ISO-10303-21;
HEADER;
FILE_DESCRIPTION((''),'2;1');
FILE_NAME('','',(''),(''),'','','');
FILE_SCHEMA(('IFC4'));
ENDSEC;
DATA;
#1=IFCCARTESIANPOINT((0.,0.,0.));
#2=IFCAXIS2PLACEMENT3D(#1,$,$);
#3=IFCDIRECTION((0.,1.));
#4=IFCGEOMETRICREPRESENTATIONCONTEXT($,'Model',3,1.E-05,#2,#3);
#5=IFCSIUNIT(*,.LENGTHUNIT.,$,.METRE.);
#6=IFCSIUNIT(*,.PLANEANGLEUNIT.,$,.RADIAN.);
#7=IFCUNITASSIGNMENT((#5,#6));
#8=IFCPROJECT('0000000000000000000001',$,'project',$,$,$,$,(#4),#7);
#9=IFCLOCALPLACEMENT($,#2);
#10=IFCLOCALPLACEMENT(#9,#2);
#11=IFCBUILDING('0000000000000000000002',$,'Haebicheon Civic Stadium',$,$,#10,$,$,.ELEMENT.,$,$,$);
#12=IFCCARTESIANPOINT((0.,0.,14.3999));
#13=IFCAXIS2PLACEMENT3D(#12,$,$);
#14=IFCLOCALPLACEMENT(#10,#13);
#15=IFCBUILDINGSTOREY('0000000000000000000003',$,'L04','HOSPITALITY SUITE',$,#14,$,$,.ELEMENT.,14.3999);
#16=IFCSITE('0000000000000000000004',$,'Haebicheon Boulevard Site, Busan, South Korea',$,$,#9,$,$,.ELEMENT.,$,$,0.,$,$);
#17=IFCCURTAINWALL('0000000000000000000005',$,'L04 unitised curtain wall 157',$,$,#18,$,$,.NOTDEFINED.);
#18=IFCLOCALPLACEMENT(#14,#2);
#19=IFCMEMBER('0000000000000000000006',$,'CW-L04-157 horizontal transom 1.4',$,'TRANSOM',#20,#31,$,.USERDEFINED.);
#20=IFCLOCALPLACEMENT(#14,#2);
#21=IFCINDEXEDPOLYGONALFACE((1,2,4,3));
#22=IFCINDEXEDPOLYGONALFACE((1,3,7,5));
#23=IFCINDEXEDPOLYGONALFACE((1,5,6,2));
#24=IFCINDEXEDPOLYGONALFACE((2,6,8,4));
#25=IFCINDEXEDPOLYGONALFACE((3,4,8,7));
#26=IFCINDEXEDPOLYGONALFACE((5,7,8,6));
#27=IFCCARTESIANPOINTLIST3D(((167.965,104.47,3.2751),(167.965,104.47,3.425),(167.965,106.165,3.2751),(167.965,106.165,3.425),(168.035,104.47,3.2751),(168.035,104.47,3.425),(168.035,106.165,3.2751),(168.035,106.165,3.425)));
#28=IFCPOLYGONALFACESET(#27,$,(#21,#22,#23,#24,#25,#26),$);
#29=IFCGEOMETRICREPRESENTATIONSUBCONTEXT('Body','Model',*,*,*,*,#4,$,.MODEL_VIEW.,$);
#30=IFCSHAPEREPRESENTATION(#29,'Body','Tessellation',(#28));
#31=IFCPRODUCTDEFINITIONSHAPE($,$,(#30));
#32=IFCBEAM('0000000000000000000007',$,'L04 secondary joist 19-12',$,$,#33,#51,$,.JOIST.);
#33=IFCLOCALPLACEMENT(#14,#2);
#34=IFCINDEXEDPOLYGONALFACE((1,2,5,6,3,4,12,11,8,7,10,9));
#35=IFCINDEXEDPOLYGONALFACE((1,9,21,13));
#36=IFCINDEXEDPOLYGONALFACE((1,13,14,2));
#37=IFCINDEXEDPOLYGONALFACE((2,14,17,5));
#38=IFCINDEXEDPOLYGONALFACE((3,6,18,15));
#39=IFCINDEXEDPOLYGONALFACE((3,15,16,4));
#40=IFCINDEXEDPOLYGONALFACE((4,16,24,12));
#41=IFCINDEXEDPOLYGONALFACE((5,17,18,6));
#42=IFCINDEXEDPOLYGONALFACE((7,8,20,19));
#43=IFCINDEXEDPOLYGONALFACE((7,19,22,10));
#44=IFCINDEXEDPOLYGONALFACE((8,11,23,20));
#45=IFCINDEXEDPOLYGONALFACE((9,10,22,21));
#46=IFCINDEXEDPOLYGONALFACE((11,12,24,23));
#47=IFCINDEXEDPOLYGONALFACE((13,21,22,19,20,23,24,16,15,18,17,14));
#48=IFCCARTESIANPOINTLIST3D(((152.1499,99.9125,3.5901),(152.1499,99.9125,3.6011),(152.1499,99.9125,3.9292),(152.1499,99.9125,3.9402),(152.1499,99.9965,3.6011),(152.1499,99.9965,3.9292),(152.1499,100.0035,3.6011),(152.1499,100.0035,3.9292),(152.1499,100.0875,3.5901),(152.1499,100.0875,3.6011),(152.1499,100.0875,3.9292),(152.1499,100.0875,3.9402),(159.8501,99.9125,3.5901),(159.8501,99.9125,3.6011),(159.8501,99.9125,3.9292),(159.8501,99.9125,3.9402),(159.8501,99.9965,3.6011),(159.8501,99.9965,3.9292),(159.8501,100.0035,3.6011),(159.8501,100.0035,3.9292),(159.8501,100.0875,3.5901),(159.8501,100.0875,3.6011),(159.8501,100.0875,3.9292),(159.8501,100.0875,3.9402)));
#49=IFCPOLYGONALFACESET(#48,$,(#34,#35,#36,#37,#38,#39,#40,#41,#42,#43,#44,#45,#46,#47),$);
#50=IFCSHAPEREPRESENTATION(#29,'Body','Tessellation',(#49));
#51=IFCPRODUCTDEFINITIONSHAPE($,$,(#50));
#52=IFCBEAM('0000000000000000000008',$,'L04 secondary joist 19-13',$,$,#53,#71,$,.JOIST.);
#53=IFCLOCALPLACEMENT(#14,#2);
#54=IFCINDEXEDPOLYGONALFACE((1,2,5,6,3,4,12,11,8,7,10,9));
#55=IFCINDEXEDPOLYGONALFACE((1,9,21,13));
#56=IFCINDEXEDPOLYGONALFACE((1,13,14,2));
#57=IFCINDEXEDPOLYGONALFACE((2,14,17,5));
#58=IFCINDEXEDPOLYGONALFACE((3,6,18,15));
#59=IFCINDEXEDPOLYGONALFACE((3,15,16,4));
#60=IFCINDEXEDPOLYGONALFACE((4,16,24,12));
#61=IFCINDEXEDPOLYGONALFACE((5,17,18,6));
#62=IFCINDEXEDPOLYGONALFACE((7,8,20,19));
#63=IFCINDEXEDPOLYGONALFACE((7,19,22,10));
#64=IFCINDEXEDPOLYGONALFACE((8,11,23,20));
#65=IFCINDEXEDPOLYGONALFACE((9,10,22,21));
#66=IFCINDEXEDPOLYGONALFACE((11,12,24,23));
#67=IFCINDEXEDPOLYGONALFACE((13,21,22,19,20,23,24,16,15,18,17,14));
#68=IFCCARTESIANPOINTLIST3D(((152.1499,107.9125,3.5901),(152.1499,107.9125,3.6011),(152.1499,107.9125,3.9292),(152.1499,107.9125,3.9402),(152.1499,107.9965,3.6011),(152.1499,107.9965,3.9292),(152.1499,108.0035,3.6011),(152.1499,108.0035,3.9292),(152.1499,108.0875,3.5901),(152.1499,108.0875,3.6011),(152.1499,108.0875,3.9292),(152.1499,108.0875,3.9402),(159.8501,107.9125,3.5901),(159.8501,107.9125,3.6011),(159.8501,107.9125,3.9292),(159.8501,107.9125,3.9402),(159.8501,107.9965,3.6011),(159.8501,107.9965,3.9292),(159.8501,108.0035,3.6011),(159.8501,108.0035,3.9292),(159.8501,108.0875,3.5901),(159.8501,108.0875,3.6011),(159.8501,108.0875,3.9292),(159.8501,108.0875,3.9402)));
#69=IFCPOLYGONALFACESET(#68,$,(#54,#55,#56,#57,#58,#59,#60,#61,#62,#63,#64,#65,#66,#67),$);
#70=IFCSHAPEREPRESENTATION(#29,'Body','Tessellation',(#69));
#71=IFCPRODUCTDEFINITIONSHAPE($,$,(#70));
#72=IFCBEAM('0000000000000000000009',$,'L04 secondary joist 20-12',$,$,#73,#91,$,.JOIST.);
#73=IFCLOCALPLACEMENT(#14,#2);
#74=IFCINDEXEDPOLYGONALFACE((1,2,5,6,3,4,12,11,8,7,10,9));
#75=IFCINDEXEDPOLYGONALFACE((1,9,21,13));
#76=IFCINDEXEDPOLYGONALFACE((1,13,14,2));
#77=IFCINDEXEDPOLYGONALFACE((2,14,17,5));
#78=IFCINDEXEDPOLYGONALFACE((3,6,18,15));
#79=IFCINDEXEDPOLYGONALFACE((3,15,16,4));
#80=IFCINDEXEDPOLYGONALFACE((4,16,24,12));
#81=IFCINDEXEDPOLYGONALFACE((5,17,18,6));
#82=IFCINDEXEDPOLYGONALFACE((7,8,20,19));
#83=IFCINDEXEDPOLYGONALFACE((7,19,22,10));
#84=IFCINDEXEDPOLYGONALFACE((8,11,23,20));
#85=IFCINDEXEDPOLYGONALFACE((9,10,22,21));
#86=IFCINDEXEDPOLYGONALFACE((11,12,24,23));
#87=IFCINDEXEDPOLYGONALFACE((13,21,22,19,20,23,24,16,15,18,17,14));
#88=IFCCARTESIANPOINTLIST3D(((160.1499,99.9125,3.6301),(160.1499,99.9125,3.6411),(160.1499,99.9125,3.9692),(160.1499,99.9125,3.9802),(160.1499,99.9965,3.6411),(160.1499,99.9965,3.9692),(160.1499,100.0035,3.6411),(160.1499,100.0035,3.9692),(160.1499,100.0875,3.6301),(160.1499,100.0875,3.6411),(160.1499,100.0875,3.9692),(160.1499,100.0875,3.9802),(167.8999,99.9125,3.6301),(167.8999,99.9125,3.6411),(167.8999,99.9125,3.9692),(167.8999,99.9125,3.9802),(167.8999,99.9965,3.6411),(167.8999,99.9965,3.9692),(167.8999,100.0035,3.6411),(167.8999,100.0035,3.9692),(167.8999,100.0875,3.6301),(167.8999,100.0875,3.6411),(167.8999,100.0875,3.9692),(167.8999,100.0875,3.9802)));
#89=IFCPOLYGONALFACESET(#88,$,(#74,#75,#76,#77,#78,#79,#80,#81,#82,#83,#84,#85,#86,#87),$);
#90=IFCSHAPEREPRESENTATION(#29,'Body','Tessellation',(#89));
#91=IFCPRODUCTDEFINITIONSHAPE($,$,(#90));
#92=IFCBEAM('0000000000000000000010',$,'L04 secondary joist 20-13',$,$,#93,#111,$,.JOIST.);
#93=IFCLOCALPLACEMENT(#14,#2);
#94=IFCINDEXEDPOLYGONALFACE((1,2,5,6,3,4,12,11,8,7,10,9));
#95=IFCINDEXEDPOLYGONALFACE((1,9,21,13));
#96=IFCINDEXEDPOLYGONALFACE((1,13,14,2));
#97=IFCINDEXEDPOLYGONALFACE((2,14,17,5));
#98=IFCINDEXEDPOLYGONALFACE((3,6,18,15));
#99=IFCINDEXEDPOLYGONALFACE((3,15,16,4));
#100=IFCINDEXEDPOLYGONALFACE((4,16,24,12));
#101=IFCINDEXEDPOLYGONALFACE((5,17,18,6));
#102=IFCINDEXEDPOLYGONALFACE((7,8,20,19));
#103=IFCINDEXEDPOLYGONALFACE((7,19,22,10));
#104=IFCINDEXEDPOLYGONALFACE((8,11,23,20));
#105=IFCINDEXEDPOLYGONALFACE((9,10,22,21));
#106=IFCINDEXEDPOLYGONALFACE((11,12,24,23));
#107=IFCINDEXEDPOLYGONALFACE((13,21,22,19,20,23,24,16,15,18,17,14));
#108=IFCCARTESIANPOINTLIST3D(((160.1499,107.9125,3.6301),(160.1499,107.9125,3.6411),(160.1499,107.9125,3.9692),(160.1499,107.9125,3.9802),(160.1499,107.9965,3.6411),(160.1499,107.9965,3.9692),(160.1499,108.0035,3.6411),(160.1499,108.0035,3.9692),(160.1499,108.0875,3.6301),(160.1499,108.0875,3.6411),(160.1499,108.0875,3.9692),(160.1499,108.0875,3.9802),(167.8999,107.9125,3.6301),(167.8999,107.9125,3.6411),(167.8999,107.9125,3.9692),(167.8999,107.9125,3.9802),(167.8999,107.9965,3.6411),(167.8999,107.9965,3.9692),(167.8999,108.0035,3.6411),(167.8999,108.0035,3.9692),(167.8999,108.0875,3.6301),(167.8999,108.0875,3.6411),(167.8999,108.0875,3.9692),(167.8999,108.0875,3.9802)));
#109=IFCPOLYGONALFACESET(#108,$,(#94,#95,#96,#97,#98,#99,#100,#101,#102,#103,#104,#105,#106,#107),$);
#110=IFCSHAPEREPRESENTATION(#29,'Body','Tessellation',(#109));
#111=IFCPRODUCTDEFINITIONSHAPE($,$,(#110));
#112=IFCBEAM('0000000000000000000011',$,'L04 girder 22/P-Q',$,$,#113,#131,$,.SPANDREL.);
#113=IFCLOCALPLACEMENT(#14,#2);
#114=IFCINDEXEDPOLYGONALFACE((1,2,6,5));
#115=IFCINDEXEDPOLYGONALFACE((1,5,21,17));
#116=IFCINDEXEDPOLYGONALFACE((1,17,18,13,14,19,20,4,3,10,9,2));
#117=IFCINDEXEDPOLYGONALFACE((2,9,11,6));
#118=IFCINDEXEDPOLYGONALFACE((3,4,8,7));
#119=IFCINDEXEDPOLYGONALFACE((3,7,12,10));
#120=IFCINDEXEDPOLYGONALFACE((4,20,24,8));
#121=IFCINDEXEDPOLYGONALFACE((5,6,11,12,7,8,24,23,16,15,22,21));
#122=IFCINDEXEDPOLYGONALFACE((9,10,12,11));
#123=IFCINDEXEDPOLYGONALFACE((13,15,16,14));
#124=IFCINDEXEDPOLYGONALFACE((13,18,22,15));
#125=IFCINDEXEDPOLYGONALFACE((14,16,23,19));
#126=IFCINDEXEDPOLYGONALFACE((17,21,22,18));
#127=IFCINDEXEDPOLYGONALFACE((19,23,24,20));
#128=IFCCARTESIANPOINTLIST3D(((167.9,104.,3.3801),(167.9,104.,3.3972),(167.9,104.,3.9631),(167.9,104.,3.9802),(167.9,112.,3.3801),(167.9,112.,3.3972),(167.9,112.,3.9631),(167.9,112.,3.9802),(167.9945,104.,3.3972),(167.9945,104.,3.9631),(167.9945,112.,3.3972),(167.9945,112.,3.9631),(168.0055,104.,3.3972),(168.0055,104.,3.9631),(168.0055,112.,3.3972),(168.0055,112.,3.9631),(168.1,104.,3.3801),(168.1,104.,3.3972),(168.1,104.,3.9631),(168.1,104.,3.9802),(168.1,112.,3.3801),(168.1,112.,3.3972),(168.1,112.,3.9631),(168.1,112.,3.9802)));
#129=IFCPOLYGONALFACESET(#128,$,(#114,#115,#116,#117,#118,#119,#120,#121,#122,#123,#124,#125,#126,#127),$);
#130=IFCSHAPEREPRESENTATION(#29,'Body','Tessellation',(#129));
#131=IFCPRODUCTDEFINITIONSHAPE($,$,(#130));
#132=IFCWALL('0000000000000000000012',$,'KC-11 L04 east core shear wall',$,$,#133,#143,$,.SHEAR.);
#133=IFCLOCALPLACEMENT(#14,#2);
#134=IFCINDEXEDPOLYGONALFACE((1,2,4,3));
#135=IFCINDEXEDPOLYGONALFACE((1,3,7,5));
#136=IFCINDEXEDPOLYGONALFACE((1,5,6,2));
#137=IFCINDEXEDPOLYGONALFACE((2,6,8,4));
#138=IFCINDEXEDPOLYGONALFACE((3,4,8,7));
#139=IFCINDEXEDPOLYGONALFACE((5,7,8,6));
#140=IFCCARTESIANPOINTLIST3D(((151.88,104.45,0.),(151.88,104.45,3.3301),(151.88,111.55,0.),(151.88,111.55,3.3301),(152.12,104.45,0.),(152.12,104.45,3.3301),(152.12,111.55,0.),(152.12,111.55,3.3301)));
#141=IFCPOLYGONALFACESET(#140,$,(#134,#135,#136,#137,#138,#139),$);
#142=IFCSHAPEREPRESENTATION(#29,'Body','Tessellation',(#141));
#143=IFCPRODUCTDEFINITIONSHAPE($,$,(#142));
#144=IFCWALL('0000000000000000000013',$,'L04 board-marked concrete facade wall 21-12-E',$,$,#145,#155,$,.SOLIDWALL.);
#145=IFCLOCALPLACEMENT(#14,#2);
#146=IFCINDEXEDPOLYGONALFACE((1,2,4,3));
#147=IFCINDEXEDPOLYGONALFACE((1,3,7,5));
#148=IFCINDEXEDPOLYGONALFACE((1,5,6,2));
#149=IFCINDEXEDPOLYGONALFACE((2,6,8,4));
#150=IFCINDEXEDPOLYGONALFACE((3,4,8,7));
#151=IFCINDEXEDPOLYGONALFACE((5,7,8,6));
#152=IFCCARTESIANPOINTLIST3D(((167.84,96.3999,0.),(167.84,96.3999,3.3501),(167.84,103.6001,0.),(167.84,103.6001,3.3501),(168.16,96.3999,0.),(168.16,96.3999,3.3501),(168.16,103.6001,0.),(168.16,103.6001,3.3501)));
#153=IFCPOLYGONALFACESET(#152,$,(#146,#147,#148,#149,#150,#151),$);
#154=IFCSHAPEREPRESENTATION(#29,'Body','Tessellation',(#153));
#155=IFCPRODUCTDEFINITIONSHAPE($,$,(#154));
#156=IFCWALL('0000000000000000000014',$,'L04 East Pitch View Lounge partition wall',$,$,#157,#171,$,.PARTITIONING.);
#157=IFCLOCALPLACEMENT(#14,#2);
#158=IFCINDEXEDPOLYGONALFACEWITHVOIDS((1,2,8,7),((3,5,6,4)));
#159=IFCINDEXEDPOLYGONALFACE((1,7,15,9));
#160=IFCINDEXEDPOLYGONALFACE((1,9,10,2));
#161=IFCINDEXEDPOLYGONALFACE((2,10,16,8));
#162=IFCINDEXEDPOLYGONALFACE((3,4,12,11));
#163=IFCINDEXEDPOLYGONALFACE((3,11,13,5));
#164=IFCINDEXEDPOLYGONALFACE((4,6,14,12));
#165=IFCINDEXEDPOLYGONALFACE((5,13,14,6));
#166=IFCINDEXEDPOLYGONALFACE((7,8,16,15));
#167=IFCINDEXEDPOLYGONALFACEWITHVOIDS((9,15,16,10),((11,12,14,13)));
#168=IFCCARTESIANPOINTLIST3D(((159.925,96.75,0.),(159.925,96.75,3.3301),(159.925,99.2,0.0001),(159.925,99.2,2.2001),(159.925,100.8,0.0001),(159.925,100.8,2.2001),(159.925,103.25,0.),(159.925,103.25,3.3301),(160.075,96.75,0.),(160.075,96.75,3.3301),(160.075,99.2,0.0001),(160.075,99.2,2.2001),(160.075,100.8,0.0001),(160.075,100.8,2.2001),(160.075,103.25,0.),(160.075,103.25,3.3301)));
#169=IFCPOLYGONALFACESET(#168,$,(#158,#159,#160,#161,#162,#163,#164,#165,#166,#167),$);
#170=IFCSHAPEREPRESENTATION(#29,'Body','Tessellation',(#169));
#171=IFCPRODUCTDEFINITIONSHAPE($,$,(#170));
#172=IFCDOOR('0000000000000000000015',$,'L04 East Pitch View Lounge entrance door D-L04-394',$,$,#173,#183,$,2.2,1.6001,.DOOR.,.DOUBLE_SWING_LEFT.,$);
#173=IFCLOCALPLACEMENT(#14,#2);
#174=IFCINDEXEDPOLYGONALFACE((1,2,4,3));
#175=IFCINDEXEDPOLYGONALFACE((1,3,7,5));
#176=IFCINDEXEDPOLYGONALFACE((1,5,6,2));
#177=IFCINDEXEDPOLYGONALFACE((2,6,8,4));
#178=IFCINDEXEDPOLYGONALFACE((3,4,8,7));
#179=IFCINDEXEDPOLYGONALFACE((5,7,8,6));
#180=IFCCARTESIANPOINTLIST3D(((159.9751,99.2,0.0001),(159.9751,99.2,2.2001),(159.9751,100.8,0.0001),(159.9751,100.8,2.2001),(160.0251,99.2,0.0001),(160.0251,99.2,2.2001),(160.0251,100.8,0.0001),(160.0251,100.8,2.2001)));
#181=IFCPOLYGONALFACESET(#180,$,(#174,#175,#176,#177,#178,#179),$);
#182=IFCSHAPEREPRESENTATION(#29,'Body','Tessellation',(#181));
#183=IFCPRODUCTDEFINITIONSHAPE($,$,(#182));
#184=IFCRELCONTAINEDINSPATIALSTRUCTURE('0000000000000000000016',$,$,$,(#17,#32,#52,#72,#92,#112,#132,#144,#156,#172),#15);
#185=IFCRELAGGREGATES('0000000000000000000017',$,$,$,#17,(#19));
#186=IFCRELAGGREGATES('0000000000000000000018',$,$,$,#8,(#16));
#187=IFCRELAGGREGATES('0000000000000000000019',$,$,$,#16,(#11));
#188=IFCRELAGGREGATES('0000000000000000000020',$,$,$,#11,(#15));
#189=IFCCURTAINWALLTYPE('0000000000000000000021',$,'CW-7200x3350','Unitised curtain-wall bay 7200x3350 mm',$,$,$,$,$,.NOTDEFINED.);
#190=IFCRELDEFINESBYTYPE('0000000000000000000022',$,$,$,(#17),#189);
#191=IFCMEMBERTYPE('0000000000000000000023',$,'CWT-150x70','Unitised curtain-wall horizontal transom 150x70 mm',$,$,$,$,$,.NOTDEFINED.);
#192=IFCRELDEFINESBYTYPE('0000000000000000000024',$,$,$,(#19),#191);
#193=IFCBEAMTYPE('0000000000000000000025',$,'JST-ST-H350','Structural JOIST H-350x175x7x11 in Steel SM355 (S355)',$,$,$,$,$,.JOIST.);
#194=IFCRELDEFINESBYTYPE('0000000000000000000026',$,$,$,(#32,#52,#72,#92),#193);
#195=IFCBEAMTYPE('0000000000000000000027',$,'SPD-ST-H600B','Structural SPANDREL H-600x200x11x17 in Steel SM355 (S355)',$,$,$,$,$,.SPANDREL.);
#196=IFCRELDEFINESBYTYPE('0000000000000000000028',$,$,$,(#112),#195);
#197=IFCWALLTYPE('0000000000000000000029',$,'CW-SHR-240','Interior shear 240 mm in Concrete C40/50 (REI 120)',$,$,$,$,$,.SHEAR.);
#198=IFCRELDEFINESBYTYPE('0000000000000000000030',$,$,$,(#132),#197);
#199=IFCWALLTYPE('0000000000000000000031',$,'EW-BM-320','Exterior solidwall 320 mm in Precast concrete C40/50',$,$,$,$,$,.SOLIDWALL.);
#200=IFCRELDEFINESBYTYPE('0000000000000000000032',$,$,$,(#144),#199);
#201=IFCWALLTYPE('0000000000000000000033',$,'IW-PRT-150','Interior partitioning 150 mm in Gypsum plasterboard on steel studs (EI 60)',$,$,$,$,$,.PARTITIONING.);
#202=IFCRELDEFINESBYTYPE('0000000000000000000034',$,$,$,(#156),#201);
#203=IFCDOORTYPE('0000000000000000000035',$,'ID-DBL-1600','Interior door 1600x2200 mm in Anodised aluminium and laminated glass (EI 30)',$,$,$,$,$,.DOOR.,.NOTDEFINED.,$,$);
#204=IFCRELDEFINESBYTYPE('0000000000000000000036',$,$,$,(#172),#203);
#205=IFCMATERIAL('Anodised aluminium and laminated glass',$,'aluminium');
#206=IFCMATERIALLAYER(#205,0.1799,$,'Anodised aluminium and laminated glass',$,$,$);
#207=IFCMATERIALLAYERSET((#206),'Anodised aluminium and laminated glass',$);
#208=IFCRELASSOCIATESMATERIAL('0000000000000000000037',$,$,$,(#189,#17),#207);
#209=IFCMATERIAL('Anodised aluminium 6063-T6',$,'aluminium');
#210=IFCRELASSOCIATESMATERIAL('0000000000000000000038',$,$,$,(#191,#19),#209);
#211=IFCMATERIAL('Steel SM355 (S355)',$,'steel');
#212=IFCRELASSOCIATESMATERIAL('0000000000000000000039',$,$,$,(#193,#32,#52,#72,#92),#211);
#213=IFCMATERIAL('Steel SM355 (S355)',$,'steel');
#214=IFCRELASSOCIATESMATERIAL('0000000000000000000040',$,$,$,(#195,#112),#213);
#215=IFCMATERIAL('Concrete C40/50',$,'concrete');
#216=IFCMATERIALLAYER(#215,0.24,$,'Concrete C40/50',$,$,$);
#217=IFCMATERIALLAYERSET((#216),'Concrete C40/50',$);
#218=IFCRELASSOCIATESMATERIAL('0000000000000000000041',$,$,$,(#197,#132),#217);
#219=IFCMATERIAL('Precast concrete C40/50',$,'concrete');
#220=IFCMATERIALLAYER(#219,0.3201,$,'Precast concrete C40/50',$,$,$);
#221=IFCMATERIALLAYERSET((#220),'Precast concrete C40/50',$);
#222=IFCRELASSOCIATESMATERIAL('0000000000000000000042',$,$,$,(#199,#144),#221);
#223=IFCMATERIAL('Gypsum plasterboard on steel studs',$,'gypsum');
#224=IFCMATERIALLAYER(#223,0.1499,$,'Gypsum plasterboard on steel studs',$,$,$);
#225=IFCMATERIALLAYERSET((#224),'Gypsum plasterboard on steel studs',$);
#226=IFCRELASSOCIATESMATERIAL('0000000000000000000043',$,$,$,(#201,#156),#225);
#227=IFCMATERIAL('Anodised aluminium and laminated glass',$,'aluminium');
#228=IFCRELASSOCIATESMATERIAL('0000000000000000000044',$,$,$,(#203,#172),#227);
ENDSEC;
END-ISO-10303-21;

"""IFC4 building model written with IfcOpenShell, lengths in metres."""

from ifc_helpers import new_model, si_unit, direction, frame, frame_2d, origin, origin_2d, place, context, subcontext, project, spatial, rectangle, i_section, extrude, material, layer, layer_set, material_profile, profile_set, type_object, element, fill, aggregate, save


model = new_model("IFC4")

# Units and contexts
model_context = context("Model", 3, precision=1e-05, world=origin(), true_north=direction((0.0, 1.0)))
body_context = subcontext(model_context, "Body", "Model", "MODEL_VIEW")
ifc_project = project(units=[si_unit("LENGTHUNIT", "METRE"), si_unit("PLANEANGLEUNIT", "RADIAN")], contexts=[model_context])

# Site, building, storey
site_placement = place(None, origin())
site = spatial("IfcSite", under=ifc_project, at=site_placement, Name="Haebicheon Boulevard Site, Busan, South Korea", CompositionType="ELEMENT", RefElevation=0.0)
building_placement = place(site_placement, origin())
building = spatial("IfcBuilding", under=site, at=building_placement, Name="Haebicheon Civic Stadium", CompositionType="ELEMENT")
storey_placement = place(building_placement, frame((0.0, 0.0, 14.3999)))
storey = spatial("IfcBuildingStorey", under=building, at=storey_placement, Name="L04", Description="HOSPITALITY SUITE", CompositionType="ELEMENT", Elevation=14.3999)

# Curtain wall, member
ifc_material_1 = material(Name="Anodised aluminium and laminated glass", Category="aluminium")
ifc_layer_1 = layer(ifc_material_1, 0.1799, Name="Anodised aluminium and laminated glass")
ifc_layer_set_1 = layer_set([ifc_layer_1], Name="Anodised aluminium and laminated glass")
curtain_wall_type = type_object("IfcCurtainWallType", Name="CW-7200x3350", Description="Unitised curtain-wall bay 7200x3350 mm", PredefinedType="NOTDEFINED", material=ifc_layer_set_1)
curtain_wall_placement = place(storey_placement, origin())
curtain_wall = element("IfcCurtainWall", 1, at=curtain_wall_placement, inside=storey, type_object=curtain_wall_type, material=ifc_layer_set_1, Name="L04 unitised curtain wall 157", PredefinedType="NOTDEFINED")
ifc_material_2 = material(Name="Anodised aluminium 6063-T6", Category="aluminium")
ifc_material_profile_1 = material_profile(ifc_material_2, rectangle(XDim=0.0701, YDim=0.1499, at=origin_2d()), Name="ALU-TRAN-70x150")
ifc_profile_set_1 = profile_set([ifc_material_profile_1], Name="Anodised aluminium 6063-T6")
member_type_1 = type_object("IfcMemberType", Name="CWT-150x70", Description="Unitised curtain-wall horizontal transom 150x70 mm", PredefinedType="NOTDEFINED", material=ifc_profile_set_1)
member_1_placement = place(storey_placement, frame((168.0, 104.47, 3.3501), z_axis=(0.0, 1.0, 0.0), x_axis=(-1.0, 0.0, 0.0)))
member_1 = element("IfcMember", 2, at=member_1_placement, type_object=member_type_1, material=ifc_profile_set_1, Name="CW-L04-157 horizontal transom 1.4", ObjectType="TRANSOM", PredefinedType="USERDEFINED", context=body_context, shape_type="SweptSolid", body=[
    extrude(rectangle(XDim=0.0701, YDim=0.1499, at=origin_2d()), origin(), (0.0, 0.0, 1.0), 1.6951),
])
aggregate(curtain_wall, [member_1])

# Beams
ifc_material_3 = material(Name="Steel SM355 (S355)", Category="steel")
ifc_material_profile_2 = material_profile(ifc_material_3, i_section(OverallWidth=0.175, OverallDepth=0.3501, WebThickness=0.0071, FlangeThickness=0.011, at=origin_2d()), Name="H-350x175x7x11")
ifc_profile_set_2 = profile_set([ifc_material_profile_2], Name="Steel SM355 (S355)")
beam_type_1 = type_object("IfcBeamType", Name="JST-ST-H350", Description="Structural JOIST H-350x175x7x11 in Steel SM355 (S355)", PredefinedType="JOIST", material=ifc_profile_set_2)
for number, where, z_axis, x_axis, name in (
    (3, (152.1499, 100.0, 3.7651), (1.0, 0.0, 0.0), (0.0, 1.0, 0.0), "L04 secondary joist 19-12"),
    (4, (152.1499, 108.0, 3.7651), (1.0, 0.0, 0.0), (0.0, 1.0, 0.0), "L04 secondary joist 19-13"),
):
    element("IfcBeam", number, at=place(storey_placement, frame(where, z_axis=z_axis, x_axis=x_axis)), inside=storey, type_object=beam_type_1, material=ifc_profile_set_2, Name=name, PredefinedType="JOIST", context=body_context, shape_type="SweptSolid", body=[
        extrude(i_section(OverallWidth=0.175, OverallDepth=0.3501, WebThickness=0.0071, FlangeThickness=0.011, at=origin_2d()), origin(), (0.0, 0.0, 1.0), 7.7002),
    ])
for number, where, z_axis, x_axis, name in (
    (5, (160.1499, 100.0, 3.8052), (1.0, 0.0, 0.0), (0.0, 1.0, 0.0), "L04 secondary joist 20-12"),
    (6, (160.1499, 108.0, 3.8052), (1.0, 0.0, 0.0), (0.0, 1.0, 0.0), "L04 secondary joist 20-13"),
):
    element("IfcBeam", number, at=place(storey_placement, frame(where, z_axis=z_axis, x_axis=x_axis)), inside=storey, type_object=beam_type_1, material=ifc_profile_set_2, Name=name, PredefinedType="JOIST", context=body_context, shape_type="SweptSolid", body=[
        extrude(i_section(OverallWidth=0.175, OverallDepth=0.3501, WebThickness=0.0071, FlangeThickness=0.011, at=origin_2d()), origin(), (0.0, 0.0, 1.0), 7.75),
    ])
ifc_material_4 = material(Name="Steel SM355 (S355)", Category="steel")
ifc_material_profile_3 = material_profile(ifc_material_4, i_section(OverallWidth=0.2, OverallDepth=0.6001, WebThickness=0.011, FlangeThickness=0.0171, at=origin_2d()), Name="H-600x200x11x17")
ifc_profile_set_3 = profile_set([ifc_material_profile_3], Name="Steel SM355 (S355)")
beam_type_2 = type_object("IfcBeamType", Name="SPD-ST-H600B", Description="Structural SPANDREL H-600x200x11x17 in Steel SM355 (S355)", PredefinedType="SPANDREL", material=ifc_profile_set_3)
beam_placement = place(storey_placement, frame((168.0, 104.0, 3.6802), z_axis=(0.0, 1.0, 0.0), x_axis=(-1.0, 0.0, 0.0)))
element("IfcBeam", 7, at=beam_placement, inside=storey, type_object=beam_type_2, material=ifc_profile_set_3, Name="L04 girder 22/P-Q", PredefinedType="SPANDREL", context=body_context, shape_type="SweptSolid", body=[
    extrude(i_section(OverallWidth=0.2, OverallDepth=0.6001, WebThickness=0.011, FlangeThickness=0.0171, at=origin_2d()), origin(), (0.0, 0.0, 1.0), 8.0),
])

# Walls
ifc_material_5 = material(Name="Concrete C40/50", Category="concrete")
ifc_layer_2 = layer(ifc_material_5, 0.24, Name="Concrete C40/50")
ifc_layer_set_2 = layer_set([ifc_layer_2], Name="Concrete C40/50")
wall_type_1 = type_object("IfcWallType", Name="CW-SHR-240", Description="Interior shear 240 mm in Concrete C40/50 (REI 120)", PredefinedType="SHEAR", material=ifc_layer_set_2)
wall_1_placement = place(storey_placement, frame((152.0, 104.45, 0.0), z_axis=(0.0, 0.0, 1.0), x_axis=(0.0, 1.0, 0.0)))
element("IfcWall", 8, at=wall_1_placement, inside=storey, type_object=wall_type_1, material=ifc_layer_set_2, Name="KC-11 L04 east core shear wall", PredefinedType="SHEAR", context=body_context, shape_type="SweptSolid", body=[
    extrude(rectangle(XDim=7.1001, YDim=0.24, at=frame_2d((3.55, 0.0))), origin(), (0.0, 0.0, 1.0), 3.3301),
])
ifc_material_6 = material(Name="Precast concrete C40/50", Category="concrete")
ifc_layer_3 = layer(ifc_material_6, 0.3201, Name="Precast concrete C40/50")
ifc_layer_set_3 = layer_set([ifc_layer_3], Name="Precast concrete C40/50")
wall_type_2 = type_object("IfcWallType", Name="EW-BM-320", Description="Exterior solidwall 320 mm in Precast concrete C40/50", PredefinedType="SOLIDWALL", material=ifc_layer_set_3)
wall_2_placement = place(storey_placement, frame((168.0, 96.3999, 0.0), z_axis=(0.0, 0.0, 1.0), x_axis=(0.0, 1.0, 0.0)))
element("IfcWall", 9, at=wall_2_placement, inside=storey, type_object=wall_type_2, material=ifc_layer_set_3, Name="L04 board-marked concrete facade wall 21-12-E", PredefinedType="SOLIDWALL", context=body_context, shape_type="SweptSolid", body=[
    extrude(rectangle(XDim=7.2002, YDim=0.3201, at=frame_2d((3.6001, 0.0))), origin(), (0.0, 0.0, 1.0), 3.3501),
])

# Wall, opening, door
ifc_material_7 = material(Name="Gypsum plasterboard on steel studs", Category="gypsum")
ifc_layer_4 = layer(ifc_material_7, 0.1499, Name="Gypsum plasterboard on steel studs")
ifc_layer_set_4 = layer_set([ifc_layer_4], Name="Gypsum plasterboard on steel studs")
wall_type_3 = type_object("IfcWallType", Name="IW-PRT-150", Description="Interior partitioning 150 mm in Gypsum plasterboard on steel studs (EI 60)", PredefinedType="PARTITIONING", material=ifc_layer_set_4)
wall_3_placement = place(storey_placement, frame((160.0, 96.75, 0.0), z_axis=(0.0, 0.0, 1.0), x_axis=(0.0, 1.0, 0.0)))
wall_3 = element("IfcWall", 10, at=wall_3_placement, inside=storey, type_object=wall_type_3, material=ifc_layer_set_4, Name="L04 East Pitch View Lounge partition wall", PredefinedType="PARTITIONING", context=body_context, shape_type="SweptSolid", body=[
    extrude(rectangle(XDim=6.5, YDim=0.1499, at=frame_2d((3.25, 0.0))), origin(), (0.0, 0.0, 1.0), 3.3301),
])
opening_placement = place(wall_3_placement, frame((2.45, 0.0, 0.0)))
opening = element("IfcOpeningElement", 11, at=opening_placement, cuts=wall_3, PredefinedType="OPENING", context=body_context, shape_type="SweptSolid", body=[
    extrude(rectangle(XDim=1.6001, YDim=2.2, at=frame_2d((0.8, 1.1001))), frame((0.0, 0.085, 0.0), z_axis=(0.0, -1.0, 0.0), x_axis=(1.0, 0.0, 0.0)), (0.0, 0.0, 1.0), 0.1699),
])
ifc_material_8 = material(Name="Anodised aluminium and laminated glass", Category="aluminium")
door_type = type_object("IfcDoorType", Name="ID-DBL-1600", Description="Interior door 1600x2200 mm in Anodised aluminium and laminated glass (EI 30)", OperationType="NOTDEFINED", PredefinedType="DOOR", material=ifc_material_8)
door_placement = place(opening_placement, origin())
door = element("IfcDoor", 12, at=door_placement, inside=storey, type_object=door_type, material=ifc_material_8, Name="L04 East Pitch View Lounge entrance door D-L04-394", OperationType="DOUBLE_SWING_LEFT", OverallHeight=2.2, OverallWidth=1.6001, PredefinedType="DOOR", context=body_context, shape_type="SweptSolid", body=[
    extrude(rectangle(XDim=1.6001, YDim=2.2, at=frame_2d((0.8, 1.1001))), frame((0.0, 0.0249, 0.0), z_axis=(0.0, -1.0, 0.0), x_axis=(1.0, 0.0, 0.0)), (0.0, 0.0, 1.0), 0.05),
])
fill(opening, door)

save(model, "model.ifc")
